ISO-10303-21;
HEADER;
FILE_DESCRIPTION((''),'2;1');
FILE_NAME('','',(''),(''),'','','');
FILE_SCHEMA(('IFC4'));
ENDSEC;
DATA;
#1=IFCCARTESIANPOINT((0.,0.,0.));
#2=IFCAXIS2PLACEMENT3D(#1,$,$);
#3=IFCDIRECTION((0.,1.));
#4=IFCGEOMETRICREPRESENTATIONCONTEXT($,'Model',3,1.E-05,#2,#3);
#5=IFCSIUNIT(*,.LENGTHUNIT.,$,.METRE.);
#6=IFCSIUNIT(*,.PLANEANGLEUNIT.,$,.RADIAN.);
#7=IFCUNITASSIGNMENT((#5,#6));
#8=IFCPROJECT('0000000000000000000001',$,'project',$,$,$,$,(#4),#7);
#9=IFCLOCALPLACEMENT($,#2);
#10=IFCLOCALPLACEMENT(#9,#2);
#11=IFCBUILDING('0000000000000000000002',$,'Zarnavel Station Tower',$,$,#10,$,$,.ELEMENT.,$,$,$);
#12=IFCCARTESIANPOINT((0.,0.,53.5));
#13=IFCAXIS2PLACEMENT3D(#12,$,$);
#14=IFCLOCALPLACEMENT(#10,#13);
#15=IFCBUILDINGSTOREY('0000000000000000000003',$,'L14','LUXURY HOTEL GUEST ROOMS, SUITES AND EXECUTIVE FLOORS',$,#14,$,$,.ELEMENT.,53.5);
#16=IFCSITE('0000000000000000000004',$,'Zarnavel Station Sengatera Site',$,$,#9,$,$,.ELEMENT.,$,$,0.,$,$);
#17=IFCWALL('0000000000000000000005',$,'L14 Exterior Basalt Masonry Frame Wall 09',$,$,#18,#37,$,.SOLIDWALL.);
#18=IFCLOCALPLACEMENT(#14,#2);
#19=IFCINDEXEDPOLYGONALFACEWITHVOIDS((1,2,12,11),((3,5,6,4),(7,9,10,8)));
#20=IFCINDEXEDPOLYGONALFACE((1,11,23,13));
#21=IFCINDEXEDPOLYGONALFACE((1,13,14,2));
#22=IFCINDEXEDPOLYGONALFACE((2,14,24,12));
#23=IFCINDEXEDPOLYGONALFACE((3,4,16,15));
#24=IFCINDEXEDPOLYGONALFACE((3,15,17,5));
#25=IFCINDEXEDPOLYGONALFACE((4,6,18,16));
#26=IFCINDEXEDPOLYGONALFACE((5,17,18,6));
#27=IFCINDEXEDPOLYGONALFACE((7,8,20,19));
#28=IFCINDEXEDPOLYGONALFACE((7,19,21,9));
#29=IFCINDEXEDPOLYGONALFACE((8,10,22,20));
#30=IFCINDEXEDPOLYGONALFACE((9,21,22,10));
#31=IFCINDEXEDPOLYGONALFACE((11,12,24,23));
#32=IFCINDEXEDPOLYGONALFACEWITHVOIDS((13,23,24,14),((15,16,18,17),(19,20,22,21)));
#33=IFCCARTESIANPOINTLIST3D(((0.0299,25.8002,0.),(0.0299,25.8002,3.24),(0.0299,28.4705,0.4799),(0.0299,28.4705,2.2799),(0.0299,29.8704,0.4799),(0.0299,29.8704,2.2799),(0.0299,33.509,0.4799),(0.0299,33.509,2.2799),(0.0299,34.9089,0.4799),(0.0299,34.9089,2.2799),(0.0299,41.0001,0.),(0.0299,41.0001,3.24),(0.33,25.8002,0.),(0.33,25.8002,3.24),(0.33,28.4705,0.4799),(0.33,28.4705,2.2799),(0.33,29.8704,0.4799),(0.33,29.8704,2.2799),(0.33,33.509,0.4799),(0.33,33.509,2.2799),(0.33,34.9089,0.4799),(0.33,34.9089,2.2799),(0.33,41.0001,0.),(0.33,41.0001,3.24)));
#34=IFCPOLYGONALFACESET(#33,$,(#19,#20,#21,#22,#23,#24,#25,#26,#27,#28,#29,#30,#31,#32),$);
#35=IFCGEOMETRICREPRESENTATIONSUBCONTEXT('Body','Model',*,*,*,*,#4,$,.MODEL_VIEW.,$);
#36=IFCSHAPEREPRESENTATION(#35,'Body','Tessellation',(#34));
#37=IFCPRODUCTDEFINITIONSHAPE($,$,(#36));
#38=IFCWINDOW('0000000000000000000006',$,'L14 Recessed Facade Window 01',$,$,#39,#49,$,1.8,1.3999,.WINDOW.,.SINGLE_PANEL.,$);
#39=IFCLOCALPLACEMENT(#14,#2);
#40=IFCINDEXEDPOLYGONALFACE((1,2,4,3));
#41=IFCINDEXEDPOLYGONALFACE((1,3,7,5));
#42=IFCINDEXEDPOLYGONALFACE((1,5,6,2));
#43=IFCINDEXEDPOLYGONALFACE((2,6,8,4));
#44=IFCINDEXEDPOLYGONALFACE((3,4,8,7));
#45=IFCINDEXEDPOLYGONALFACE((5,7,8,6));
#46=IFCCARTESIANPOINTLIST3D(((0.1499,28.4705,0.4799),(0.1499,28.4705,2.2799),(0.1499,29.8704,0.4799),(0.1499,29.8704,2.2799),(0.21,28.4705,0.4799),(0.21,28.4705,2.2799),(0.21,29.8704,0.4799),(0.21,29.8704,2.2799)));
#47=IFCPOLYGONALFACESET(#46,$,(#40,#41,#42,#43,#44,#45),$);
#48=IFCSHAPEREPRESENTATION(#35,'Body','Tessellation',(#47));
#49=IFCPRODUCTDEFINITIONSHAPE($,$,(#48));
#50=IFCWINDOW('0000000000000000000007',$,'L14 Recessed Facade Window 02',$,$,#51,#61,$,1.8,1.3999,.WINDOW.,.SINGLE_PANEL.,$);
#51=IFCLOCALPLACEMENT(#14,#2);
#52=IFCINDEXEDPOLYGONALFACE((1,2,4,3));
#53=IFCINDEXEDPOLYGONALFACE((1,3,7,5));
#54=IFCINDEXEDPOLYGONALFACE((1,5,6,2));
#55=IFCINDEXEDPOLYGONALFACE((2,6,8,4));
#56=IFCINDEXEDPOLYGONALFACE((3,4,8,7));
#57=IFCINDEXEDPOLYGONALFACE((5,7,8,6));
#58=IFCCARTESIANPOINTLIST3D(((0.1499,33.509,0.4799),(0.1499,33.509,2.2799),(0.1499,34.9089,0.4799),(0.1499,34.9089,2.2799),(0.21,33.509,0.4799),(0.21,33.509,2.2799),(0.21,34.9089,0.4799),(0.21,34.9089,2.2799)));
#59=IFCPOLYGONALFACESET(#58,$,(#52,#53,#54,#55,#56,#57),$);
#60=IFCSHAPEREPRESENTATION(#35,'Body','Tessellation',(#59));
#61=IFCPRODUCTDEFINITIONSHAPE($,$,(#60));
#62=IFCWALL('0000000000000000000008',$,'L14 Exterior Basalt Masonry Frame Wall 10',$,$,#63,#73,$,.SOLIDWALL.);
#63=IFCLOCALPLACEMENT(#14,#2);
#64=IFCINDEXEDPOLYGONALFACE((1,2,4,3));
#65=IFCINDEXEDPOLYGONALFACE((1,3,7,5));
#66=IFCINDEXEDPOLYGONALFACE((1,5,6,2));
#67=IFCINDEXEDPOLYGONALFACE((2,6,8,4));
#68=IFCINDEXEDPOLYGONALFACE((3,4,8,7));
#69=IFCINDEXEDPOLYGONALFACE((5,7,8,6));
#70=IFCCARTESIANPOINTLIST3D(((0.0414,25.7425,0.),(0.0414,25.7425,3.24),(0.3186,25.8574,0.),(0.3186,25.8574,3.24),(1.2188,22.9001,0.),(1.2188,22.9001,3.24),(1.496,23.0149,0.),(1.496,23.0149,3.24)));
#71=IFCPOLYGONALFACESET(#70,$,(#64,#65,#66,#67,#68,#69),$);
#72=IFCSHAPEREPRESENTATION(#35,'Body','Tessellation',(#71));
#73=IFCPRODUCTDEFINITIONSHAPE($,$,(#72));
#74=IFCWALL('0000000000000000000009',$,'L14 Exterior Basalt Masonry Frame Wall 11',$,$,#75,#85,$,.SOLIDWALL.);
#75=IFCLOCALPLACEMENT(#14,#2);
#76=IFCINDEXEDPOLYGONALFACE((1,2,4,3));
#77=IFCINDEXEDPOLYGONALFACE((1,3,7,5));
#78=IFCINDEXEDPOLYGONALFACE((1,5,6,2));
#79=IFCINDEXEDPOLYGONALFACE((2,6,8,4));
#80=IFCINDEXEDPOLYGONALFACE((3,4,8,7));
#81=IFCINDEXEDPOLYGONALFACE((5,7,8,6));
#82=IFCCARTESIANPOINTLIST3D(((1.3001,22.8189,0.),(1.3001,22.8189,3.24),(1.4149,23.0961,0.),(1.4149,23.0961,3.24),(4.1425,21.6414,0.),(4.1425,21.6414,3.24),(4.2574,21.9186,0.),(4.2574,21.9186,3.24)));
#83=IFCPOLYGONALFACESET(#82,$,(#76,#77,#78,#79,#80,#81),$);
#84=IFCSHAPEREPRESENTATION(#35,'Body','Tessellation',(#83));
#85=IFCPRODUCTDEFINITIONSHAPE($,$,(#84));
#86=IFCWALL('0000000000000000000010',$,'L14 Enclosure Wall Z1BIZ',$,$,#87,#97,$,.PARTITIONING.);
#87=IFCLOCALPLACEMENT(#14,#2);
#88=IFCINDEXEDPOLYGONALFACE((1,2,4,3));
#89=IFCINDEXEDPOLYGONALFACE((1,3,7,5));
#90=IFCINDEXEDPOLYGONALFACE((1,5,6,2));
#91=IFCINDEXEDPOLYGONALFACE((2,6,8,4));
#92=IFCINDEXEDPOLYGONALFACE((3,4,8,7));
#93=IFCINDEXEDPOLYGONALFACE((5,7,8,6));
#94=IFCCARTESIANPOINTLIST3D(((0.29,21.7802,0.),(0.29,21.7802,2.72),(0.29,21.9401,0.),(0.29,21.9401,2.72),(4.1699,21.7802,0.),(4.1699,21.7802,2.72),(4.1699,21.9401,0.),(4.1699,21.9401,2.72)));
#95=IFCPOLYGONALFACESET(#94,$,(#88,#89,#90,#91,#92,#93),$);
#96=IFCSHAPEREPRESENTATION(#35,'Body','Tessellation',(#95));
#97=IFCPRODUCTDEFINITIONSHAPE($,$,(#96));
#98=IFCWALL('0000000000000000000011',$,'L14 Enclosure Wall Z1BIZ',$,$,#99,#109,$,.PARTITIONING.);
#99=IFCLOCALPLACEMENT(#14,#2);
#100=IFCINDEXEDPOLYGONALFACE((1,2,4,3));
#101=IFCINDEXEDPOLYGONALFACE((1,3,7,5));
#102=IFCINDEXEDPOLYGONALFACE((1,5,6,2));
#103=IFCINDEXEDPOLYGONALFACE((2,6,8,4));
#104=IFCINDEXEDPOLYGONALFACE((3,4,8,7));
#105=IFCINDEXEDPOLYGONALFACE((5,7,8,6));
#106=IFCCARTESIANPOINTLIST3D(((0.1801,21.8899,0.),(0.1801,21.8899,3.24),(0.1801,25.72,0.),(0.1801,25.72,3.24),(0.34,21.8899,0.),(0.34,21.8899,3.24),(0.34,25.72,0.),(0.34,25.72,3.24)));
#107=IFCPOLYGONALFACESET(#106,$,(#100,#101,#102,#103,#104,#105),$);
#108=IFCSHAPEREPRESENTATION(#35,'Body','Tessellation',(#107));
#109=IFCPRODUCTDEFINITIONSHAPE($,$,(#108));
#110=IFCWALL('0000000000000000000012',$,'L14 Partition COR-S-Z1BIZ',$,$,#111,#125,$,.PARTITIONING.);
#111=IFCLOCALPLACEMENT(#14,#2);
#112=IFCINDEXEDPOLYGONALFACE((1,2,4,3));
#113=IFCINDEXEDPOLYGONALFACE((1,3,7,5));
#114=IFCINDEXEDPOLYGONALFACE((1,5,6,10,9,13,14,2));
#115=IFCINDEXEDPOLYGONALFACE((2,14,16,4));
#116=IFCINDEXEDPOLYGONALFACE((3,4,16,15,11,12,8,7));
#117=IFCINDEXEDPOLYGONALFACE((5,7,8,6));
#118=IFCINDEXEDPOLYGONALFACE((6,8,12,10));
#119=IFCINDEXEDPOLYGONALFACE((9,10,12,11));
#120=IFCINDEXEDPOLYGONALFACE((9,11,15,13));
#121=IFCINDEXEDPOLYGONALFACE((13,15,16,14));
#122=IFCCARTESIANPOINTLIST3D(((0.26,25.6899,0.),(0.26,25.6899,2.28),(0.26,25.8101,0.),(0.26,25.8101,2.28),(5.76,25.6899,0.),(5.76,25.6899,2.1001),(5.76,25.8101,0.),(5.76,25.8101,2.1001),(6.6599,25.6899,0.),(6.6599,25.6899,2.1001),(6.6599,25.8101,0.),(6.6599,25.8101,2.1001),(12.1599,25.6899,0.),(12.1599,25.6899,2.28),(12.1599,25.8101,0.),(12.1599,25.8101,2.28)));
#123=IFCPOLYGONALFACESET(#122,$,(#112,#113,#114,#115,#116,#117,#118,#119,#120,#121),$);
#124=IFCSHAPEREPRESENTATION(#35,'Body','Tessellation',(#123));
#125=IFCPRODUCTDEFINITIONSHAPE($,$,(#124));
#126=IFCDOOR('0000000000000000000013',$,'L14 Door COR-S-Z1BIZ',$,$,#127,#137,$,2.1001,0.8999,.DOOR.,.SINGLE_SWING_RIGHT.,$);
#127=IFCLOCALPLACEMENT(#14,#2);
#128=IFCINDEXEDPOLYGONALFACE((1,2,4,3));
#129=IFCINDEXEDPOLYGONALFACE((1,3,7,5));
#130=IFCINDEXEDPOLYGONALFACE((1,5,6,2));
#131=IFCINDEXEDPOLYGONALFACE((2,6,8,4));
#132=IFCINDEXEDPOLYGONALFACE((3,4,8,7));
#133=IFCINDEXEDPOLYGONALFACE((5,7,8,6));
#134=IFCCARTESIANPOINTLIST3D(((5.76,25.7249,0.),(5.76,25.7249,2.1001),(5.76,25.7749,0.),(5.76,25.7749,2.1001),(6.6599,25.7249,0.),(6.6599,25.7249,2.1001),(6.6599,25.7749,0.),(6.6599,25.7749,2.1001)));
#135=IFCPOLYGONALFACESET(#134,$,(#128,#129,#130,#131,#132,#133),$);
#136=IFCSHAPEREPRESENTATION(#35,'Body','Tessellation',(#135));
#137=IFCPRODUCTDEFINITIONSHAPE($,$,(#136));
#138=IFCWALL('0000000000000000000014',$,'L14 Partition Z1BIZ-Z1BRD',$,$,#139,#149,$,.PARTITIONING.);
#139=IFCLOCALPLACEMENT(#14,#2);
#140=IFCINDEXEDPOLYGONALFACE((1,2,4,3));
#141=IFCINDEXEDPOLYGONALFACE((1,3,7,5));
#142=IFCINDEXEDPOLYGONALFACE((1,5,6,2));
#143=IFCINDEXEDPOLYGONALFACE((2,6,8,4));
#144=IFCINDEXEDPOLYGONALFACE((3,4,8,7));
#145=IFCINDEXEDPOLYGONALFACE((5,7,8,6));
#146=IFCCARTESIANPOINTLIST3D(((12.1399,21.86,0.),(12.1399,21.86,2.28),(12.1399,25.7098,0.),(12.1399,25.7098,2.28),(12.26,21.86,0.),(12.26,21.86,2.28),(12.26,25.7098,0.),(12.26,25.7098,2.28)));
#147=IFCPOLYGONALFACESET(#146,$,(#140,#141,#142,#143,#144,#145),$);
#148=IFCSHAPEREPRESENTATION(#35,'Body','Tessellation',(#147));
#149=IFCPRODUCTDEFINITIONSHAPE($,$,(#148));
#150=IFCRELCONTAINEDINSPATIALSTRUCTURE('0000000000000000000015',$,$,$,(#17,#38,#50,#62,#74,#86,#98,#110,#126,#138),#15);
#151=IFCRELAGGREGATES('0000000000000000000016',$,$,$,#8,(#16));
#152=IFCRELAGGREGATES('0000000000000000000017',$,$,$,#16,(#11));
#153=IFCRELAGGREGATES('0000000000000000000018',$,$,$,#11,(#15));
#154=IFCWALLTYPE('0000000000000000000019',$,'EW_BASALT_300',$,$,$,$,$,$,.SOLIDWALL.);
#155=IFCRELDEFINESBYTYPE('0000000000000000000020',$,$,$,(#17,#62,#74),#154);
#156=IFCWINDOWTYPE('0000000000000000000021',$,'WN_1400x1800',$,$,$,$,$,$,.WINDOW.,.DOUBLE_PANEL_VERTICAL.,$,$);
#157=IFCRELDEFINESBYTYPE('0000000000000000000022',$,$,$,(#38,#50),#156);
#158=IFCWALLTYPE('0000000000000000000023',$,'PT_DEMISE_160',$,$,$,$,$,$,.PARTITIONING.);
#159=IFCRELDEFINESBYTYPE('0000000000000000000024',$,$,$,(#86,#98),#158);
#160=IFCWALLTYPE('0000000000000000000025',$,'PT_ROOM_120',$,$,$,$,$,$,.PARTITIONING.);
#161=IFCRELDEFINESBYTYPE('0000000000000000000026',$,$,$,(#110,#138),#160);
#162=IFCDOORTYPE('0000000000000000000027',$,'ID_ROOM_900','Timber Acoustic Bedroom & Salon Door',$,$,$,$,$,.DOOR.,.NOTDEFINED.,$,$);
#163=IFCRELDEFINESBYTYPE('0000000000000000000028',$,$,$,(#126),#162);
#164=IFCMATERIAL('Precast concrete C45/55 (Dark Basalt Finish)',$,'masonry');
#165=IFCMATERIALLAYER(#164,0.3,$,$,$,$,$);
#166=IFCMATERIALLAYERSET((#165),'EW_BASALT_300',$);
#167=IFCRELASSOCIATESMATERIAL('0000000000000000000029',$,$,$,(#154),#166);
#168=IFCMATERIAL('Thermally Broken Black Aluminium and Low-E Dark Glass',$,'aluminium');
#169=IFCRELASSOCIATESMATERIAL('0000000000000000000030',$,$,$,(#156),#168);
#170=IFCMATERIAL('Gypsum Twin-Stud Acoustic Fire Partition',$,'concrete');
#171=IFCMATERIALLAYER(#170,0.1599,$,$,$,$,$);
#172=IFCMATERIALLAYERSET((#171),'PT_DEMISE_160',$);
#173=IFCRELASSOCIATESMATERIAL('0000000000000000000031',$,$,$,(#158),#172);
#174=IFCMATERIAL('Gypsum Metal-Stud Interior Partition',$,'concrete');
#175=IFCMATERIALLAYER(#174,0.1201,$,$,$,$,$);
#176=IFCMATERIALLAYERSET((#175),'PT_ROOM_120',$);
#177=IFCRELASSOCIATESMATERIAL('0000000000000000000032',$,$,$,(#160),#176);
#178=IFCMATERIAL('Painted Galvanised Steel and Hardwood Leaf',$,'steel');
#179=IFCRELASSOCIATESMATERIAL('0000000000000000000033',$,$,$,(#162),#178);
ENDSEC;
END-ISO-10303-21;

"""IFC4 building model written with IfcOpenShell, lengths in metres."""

from ifc_helpers import new_model, si_unit, direction, frame, frame_2d, origin, place, context, subcontext, project, spatial, rectangle, extrude, material, layer, layer_set, type_object, element, fill, save


model = new_model("IFC4")

# Units and contexts
model_context = context("Model", 3, precision=1e-05, world=origin(), true_north=direction((0.0, 1.0)))
body_context = subcontext(model_context, "Body", "Model", "MODEL_VIEW")
ifc_project = project(units=[si_unit("LENGTHUNIT", "METRE"), si_unit("PLANEANGLEUNIT", "RADIAN")], contexts=[model_context])

# Site, building, storey
site_placement = place(None, origin())
site = spatial("IfcSite", under=ifc_project, at=site_placement, Name="Zarnavel Station Sengatera Site", CompositionType="ELEMENT", RefElevation=0.0)
building_placement = place(site_placement, origin())
building = spatial("IfcBuilding", under=site, at=building_placement, Name="Zarnavel Station Tower", CompositionType="ELEMENT")
storey_placement = place(building_placement, frame((0.0, 0.0, 53.5)))
storey = spatial("IfcBuildingStorey", under=building, at=storey_placement, Name="L14", Description="LUXURY HOTEL GUEST ROOMS, SUITES AND EXECUTIVE FLOORS", CompositionType="ELEMENT", Elevation=53.5)

# Wall, openings, windows
ifc_material_1 = material(Name="Precast concrete C45/55 (Dark Basalt Finish)", Category="masonry")
ifc_layer_1 = layer(ifc_material_1, 0.3)
ifc_layer_set_1 = layer_set([ifc_layer_1], Name="EW_BASALT_300")
wall_type_1 = type_object("IfcWallType", Name="EW_BASALT_300", PredefinedType="SOLIDWALL", material=ifc_layer_set_1)
wall_1_placement = place(storey_placement, frame((0.1799, 25.8, 0.0), z_axis=(0.0, 0.0, 1.0), x_axis=(0.0, 1.0, 0.0)))
wall_1 = element("IfcWall", 1, at=wall_1_placement, inside=storey, type_object=wall_type_1, Name="L14 Exterior Basalt Masonry Frame Wall 09", PredefinedType="SOLIDWALL", context=body_context, shape_type="SweptSolid", body=[
    extrude(rectangle(XDim=15.2, YDim=0.3, at=frame_2d((7.6001, 0.0))), origin(), (0.0, 0.0, 1.0), 3.24),
])
opening_1_placement = place(wall_1_placement, frame((2.6704, 0.0, 0.48)))
opening_1 = element("IfcOpeningElement", 2, at=opening_1_placement, cuts=wall_1, PredefinedType="OPENING", context=body_context, shape_type="SweptSolid", body=[
    extrude(rectangle(XDim=1.3999, YDim=1.8, at=frame_2d((0.7, 0.8999))), frame((0.0, 0.1599, 0.0), z_axis=(0.0, -1.0, 0.0), x_axis=(1.0, 0.0, 0.0)), (0.0, 0.0, 1.0), 0.3201),
])
opening_2_placement = place(wall_1_placement, frame((7.709, 0.0, 0.48)))
opening_2 = element("IfcOpeningElement", 3, at=opening_2_placement, cuts=wall_1, PredefinedType="OPENING", context=body_context, shape_type="SweptSolid", body=[
    extrude(rectangle(XDim=1.3999, YDim=1.8, at=frame_2d((0.7, 0.8999))), frame((0.0, 0.1599, 0.0), z_axis=(0.0, -1.0, 0.0), x_axis=(1.0, 0.0, 0.0)), (0.0, 0.0, 1.0), 0.3201),
])
ifc_material_2 = material(Name="Thermally Broken Black Aluminium and Low-E Dark Glass", Category="aluminium")
window_type = type_object("IfcWindowType", Name="WN_1400x1800", PartitioningType="DOUBLE_PANEL_VERTICAL", PredefinedType="WINDOW", material=ifc_material_2)
window_1_placement = place(opening_1_placement, origin())
window_1 = element("IfcWindow", 4, at=window_1_placement, inside=storey, type_object=window_type, Name="L14 Recessed Facade Window 01", OverallHeight=1.8, OverallWidth=1.3999, PartitioningType="SINGLE_PANEL", PredefinedType="WINDOW", context=body_context, shape_type="SweptSolid", body=[
    extrude(rectangle(XDim=1.3999, YDim=1.8, at=frame_2d((0.7, 0.8999))), frame((0.0, 0.03, 0.0), z_axis=(0.0, -1.0, 0.0), x_axis=(1.0, 0.0, 0.0)), (0.0, 0.0, 1.0), 0.0601),
])
fill(opening_1, window_1)
window_2_placement = place(opening_2_placement, origin())
window_2 = element("IfcWindow", 5, at=window_2_placement, inside=storey, type_object=window_type, Name="L14 Recessed Facade Window 02", OverallHeight=1.8, OverallWidth=1.3999, PartitioningType="SINGLE_PANEL", PredefinedType="WINDOW", context=body_context, shape_type="SweptSolid", body=[
    extrude(rectangle(XDim=1.3999, YDim=1.8, at=frame_2d((0.7, 0.8999))), frame((0.0, 0.03, 0.0), z_axis=(0.0, -1.0, 0.0), x_axis=(1.0, 0.0, 0.0)), (0.0, 0.0, 1.0), 0.0601),
])
fill(opening_2, window_2)

# Walls
for number, where, z_axis, x_axis, name in (
    (6, (1.3574, 22.9575, 0.0), (0.0, 0.0, 1.0), (-0.382705, 0.923871, 0.0), "L14 Exterior Basalt Masonry Frame Wall 10"),
    (7, (4.2, 21.78, 0.0), (0.0, 0.0, 1.0), (-0.923871, 0.382705, 0.0), "L14 Exterior Basalt Masonry Frame Wall 11"),
):
    element("IfcWall", number, at=place(storey_placement, frame(where, z_axis=z_axis, x_axis=x_axis)), inside=storey, type_object=wall_type_1, Name=name, PredefinedType="SOLIDWALL", context=body_context, shape_type="SweptSolid", body=[
        extrude(rectangle(XDim=3.0767, YDim=0.3, at=frame_2d((1.5383, 0.0))), origin(), (0.0, 0.0, 1.0), 3.24),
    ])
ifc_material_3 = material(Name="Gypsum Twin-Stud Acoustic Fire Partition", Category="concrete")
ifc_layer_2 = layer(ifc_material_3, 0.1599)
ifc_layer_set_2 = layer_set([ifc_layer_2], Name="PT_DEMISE_160")
wall_type_2 = type_object("IfcWallType", Name="PT_DEMISE_160", PredefinedType="PARTITIONING", material=ifc_layer_set_2)
wall_2_placement = place(storey_placement, frame((0.29, 21.8601, 0.0), z_axis=(0.0, 0.0, 1.0), x_axis=(1.0, 0.0, 0.0)))
element("IfcWall", 8, at=wall_2_placement, inside=storey, type_object=wall_type_2, Name="L14 Enclosure Wall Z1BIZ", PredefinedType="PARTITIONING", context=body_context, shape_type="SweptSolid", body=[
    extrude(rectangle(XDim=3.8799, YDim=0.1599, at=frame_2d((1.9399, 0.0))), origin(), (0.0, 0.0, 1.0), 2.72),
])
wall_3_placement = place(storey_placement, frame((0.26, 21.8899, 0.0), z_axis=(0.0, 0.0, 1.0), x_axis=(0.0, 1.0, 0.0)))
element("IfcWall", 9, at=wall_3_placement, inside=storey, type_object=wall_type_2, Name="L14 Enclosure Wall Z1BIZ", PredefinedType="PARTITIONING", context=body_context, shape_type="SweptSolid", body=[
    extrude(rectangle(XDim=3.8301, YDim=0.1599, at=frame_2d((1.915, 0.0))), origin(), (0.0, 0.0, 1.0), 3.24),
])

# Wall, opening, door
ifc_material_4 = material(Name="Gypsum Metal-Stud Interior Partition", Category="concrete")
ifc_layer_3 = layer(ifc_material_4, 0.1201)
ifc_layer_set_3 = layer_set([ifc_layer_3], Name="PT_ROOM_120")
wall_type_3 = type_object("IfcWallType", Name="PT_ROOM_120", PredefinedType="PARTITIONING", material=ifc_layer_set_3)
wall_4_placement = place(storey_placement, frame((0.26, 25.75, 0.0), z_axis=(0.0, 0.0, 1.0), x_axis=(1.0, 0.0, 0.0)))
wall_4 = element("IfcWall", 10, at=wall_4_placement, inside=storey, type_object=wall_type_3, Name="L14 Partition COR-S-Z1BIZ", PredefinedType="PARTITIONING", context=body_context, shape_type="SweptSolid", body=[
    extrude(rectangle(XDim=11.8999, YDim=0.1201, at=frame_2d((5.95, 0.0))), origin(), (0.0, 0.0, 1.0), 2.28),
])
opening_3_placement = place(wall_4_placement, frame((5.5, 0.0, 0.0)))
opening_3 = element("IfcOpeningElement", 11, at=opening_3_placement, cuts=wall_4, PredefinedType="OPENING", context=body_context, shape_type="SweptSolid", body=[
    extrude(rectangle(XDim=0.8999, YDim=2.1001, at=frame_2d((0.45, 1.05))), frame((0.0, 0.0701, 0.0), z_axis=(0.0, -1.0, 0.0), x_axis=(1.0, 0.0, 0.0)), (0.0, 0.0, 1.0), 0.1401),
])
ifc_material_5 = material(Name="Painted Galvanised Steel and Hardwood Leaf", Category="steel")
door_type = type_object("IfcDoorType", Name="ID_ROOM_900", Description="Timber Acoustic Bedroom & Salon Door", OperationType="NOTDEFINED", PredefinedType="DOOR", material=ifc_material_5)
door_placement = place(opening_3_placement, origin())
door = element("IfcDoor", 12, at=door_placement, inside=storey, type_object=door_type, Name="L14 Door COR-S-Z1BIZ", OperationType="SINGLE_SWING_RIGHT", OverallHeight=2.1001, OverallWidth=0.8999, PredefinedType="DOOR", context=body_context, shape_type="SweptSolid", body=[
    extrude(rectangle(XDim=0.8999, YDim=2.1001, at=frame_2d((0.45, 1.05))), frame((0.0, 0.0249, 0.0), z_axis=(0.0, -1.0, 0.0), x_axis=(1.0, 0.0, 0.0)), (0.0, 0.0, 1.0), 0.05),
])
fill(opening_3, door)

# Wall
wall_5_placement = place(storey_placement, frame((12.2, 21.8601, 0.0), z_axis=(0.0, 0.0, 1.0), x_axis=(0.0, 1.0, 0.0)))
element("IfcWall", 13, at=wall_5_placement, inside=storey, type_object=wall_type_3, Name="L14 Partition Z1BIZ-Z1BRD", PredefinedType="PARTITIONING", context=body_context, shape_type="SweptSolid", body=[
    extrude(rectangle(XDim=3.8499, YDim=0.1201, at=frame_2d((1.9248, 0.0))), origin(), (0.0, 0.0, 1.0), 2.28),
])

save(model, "model.ifc")
